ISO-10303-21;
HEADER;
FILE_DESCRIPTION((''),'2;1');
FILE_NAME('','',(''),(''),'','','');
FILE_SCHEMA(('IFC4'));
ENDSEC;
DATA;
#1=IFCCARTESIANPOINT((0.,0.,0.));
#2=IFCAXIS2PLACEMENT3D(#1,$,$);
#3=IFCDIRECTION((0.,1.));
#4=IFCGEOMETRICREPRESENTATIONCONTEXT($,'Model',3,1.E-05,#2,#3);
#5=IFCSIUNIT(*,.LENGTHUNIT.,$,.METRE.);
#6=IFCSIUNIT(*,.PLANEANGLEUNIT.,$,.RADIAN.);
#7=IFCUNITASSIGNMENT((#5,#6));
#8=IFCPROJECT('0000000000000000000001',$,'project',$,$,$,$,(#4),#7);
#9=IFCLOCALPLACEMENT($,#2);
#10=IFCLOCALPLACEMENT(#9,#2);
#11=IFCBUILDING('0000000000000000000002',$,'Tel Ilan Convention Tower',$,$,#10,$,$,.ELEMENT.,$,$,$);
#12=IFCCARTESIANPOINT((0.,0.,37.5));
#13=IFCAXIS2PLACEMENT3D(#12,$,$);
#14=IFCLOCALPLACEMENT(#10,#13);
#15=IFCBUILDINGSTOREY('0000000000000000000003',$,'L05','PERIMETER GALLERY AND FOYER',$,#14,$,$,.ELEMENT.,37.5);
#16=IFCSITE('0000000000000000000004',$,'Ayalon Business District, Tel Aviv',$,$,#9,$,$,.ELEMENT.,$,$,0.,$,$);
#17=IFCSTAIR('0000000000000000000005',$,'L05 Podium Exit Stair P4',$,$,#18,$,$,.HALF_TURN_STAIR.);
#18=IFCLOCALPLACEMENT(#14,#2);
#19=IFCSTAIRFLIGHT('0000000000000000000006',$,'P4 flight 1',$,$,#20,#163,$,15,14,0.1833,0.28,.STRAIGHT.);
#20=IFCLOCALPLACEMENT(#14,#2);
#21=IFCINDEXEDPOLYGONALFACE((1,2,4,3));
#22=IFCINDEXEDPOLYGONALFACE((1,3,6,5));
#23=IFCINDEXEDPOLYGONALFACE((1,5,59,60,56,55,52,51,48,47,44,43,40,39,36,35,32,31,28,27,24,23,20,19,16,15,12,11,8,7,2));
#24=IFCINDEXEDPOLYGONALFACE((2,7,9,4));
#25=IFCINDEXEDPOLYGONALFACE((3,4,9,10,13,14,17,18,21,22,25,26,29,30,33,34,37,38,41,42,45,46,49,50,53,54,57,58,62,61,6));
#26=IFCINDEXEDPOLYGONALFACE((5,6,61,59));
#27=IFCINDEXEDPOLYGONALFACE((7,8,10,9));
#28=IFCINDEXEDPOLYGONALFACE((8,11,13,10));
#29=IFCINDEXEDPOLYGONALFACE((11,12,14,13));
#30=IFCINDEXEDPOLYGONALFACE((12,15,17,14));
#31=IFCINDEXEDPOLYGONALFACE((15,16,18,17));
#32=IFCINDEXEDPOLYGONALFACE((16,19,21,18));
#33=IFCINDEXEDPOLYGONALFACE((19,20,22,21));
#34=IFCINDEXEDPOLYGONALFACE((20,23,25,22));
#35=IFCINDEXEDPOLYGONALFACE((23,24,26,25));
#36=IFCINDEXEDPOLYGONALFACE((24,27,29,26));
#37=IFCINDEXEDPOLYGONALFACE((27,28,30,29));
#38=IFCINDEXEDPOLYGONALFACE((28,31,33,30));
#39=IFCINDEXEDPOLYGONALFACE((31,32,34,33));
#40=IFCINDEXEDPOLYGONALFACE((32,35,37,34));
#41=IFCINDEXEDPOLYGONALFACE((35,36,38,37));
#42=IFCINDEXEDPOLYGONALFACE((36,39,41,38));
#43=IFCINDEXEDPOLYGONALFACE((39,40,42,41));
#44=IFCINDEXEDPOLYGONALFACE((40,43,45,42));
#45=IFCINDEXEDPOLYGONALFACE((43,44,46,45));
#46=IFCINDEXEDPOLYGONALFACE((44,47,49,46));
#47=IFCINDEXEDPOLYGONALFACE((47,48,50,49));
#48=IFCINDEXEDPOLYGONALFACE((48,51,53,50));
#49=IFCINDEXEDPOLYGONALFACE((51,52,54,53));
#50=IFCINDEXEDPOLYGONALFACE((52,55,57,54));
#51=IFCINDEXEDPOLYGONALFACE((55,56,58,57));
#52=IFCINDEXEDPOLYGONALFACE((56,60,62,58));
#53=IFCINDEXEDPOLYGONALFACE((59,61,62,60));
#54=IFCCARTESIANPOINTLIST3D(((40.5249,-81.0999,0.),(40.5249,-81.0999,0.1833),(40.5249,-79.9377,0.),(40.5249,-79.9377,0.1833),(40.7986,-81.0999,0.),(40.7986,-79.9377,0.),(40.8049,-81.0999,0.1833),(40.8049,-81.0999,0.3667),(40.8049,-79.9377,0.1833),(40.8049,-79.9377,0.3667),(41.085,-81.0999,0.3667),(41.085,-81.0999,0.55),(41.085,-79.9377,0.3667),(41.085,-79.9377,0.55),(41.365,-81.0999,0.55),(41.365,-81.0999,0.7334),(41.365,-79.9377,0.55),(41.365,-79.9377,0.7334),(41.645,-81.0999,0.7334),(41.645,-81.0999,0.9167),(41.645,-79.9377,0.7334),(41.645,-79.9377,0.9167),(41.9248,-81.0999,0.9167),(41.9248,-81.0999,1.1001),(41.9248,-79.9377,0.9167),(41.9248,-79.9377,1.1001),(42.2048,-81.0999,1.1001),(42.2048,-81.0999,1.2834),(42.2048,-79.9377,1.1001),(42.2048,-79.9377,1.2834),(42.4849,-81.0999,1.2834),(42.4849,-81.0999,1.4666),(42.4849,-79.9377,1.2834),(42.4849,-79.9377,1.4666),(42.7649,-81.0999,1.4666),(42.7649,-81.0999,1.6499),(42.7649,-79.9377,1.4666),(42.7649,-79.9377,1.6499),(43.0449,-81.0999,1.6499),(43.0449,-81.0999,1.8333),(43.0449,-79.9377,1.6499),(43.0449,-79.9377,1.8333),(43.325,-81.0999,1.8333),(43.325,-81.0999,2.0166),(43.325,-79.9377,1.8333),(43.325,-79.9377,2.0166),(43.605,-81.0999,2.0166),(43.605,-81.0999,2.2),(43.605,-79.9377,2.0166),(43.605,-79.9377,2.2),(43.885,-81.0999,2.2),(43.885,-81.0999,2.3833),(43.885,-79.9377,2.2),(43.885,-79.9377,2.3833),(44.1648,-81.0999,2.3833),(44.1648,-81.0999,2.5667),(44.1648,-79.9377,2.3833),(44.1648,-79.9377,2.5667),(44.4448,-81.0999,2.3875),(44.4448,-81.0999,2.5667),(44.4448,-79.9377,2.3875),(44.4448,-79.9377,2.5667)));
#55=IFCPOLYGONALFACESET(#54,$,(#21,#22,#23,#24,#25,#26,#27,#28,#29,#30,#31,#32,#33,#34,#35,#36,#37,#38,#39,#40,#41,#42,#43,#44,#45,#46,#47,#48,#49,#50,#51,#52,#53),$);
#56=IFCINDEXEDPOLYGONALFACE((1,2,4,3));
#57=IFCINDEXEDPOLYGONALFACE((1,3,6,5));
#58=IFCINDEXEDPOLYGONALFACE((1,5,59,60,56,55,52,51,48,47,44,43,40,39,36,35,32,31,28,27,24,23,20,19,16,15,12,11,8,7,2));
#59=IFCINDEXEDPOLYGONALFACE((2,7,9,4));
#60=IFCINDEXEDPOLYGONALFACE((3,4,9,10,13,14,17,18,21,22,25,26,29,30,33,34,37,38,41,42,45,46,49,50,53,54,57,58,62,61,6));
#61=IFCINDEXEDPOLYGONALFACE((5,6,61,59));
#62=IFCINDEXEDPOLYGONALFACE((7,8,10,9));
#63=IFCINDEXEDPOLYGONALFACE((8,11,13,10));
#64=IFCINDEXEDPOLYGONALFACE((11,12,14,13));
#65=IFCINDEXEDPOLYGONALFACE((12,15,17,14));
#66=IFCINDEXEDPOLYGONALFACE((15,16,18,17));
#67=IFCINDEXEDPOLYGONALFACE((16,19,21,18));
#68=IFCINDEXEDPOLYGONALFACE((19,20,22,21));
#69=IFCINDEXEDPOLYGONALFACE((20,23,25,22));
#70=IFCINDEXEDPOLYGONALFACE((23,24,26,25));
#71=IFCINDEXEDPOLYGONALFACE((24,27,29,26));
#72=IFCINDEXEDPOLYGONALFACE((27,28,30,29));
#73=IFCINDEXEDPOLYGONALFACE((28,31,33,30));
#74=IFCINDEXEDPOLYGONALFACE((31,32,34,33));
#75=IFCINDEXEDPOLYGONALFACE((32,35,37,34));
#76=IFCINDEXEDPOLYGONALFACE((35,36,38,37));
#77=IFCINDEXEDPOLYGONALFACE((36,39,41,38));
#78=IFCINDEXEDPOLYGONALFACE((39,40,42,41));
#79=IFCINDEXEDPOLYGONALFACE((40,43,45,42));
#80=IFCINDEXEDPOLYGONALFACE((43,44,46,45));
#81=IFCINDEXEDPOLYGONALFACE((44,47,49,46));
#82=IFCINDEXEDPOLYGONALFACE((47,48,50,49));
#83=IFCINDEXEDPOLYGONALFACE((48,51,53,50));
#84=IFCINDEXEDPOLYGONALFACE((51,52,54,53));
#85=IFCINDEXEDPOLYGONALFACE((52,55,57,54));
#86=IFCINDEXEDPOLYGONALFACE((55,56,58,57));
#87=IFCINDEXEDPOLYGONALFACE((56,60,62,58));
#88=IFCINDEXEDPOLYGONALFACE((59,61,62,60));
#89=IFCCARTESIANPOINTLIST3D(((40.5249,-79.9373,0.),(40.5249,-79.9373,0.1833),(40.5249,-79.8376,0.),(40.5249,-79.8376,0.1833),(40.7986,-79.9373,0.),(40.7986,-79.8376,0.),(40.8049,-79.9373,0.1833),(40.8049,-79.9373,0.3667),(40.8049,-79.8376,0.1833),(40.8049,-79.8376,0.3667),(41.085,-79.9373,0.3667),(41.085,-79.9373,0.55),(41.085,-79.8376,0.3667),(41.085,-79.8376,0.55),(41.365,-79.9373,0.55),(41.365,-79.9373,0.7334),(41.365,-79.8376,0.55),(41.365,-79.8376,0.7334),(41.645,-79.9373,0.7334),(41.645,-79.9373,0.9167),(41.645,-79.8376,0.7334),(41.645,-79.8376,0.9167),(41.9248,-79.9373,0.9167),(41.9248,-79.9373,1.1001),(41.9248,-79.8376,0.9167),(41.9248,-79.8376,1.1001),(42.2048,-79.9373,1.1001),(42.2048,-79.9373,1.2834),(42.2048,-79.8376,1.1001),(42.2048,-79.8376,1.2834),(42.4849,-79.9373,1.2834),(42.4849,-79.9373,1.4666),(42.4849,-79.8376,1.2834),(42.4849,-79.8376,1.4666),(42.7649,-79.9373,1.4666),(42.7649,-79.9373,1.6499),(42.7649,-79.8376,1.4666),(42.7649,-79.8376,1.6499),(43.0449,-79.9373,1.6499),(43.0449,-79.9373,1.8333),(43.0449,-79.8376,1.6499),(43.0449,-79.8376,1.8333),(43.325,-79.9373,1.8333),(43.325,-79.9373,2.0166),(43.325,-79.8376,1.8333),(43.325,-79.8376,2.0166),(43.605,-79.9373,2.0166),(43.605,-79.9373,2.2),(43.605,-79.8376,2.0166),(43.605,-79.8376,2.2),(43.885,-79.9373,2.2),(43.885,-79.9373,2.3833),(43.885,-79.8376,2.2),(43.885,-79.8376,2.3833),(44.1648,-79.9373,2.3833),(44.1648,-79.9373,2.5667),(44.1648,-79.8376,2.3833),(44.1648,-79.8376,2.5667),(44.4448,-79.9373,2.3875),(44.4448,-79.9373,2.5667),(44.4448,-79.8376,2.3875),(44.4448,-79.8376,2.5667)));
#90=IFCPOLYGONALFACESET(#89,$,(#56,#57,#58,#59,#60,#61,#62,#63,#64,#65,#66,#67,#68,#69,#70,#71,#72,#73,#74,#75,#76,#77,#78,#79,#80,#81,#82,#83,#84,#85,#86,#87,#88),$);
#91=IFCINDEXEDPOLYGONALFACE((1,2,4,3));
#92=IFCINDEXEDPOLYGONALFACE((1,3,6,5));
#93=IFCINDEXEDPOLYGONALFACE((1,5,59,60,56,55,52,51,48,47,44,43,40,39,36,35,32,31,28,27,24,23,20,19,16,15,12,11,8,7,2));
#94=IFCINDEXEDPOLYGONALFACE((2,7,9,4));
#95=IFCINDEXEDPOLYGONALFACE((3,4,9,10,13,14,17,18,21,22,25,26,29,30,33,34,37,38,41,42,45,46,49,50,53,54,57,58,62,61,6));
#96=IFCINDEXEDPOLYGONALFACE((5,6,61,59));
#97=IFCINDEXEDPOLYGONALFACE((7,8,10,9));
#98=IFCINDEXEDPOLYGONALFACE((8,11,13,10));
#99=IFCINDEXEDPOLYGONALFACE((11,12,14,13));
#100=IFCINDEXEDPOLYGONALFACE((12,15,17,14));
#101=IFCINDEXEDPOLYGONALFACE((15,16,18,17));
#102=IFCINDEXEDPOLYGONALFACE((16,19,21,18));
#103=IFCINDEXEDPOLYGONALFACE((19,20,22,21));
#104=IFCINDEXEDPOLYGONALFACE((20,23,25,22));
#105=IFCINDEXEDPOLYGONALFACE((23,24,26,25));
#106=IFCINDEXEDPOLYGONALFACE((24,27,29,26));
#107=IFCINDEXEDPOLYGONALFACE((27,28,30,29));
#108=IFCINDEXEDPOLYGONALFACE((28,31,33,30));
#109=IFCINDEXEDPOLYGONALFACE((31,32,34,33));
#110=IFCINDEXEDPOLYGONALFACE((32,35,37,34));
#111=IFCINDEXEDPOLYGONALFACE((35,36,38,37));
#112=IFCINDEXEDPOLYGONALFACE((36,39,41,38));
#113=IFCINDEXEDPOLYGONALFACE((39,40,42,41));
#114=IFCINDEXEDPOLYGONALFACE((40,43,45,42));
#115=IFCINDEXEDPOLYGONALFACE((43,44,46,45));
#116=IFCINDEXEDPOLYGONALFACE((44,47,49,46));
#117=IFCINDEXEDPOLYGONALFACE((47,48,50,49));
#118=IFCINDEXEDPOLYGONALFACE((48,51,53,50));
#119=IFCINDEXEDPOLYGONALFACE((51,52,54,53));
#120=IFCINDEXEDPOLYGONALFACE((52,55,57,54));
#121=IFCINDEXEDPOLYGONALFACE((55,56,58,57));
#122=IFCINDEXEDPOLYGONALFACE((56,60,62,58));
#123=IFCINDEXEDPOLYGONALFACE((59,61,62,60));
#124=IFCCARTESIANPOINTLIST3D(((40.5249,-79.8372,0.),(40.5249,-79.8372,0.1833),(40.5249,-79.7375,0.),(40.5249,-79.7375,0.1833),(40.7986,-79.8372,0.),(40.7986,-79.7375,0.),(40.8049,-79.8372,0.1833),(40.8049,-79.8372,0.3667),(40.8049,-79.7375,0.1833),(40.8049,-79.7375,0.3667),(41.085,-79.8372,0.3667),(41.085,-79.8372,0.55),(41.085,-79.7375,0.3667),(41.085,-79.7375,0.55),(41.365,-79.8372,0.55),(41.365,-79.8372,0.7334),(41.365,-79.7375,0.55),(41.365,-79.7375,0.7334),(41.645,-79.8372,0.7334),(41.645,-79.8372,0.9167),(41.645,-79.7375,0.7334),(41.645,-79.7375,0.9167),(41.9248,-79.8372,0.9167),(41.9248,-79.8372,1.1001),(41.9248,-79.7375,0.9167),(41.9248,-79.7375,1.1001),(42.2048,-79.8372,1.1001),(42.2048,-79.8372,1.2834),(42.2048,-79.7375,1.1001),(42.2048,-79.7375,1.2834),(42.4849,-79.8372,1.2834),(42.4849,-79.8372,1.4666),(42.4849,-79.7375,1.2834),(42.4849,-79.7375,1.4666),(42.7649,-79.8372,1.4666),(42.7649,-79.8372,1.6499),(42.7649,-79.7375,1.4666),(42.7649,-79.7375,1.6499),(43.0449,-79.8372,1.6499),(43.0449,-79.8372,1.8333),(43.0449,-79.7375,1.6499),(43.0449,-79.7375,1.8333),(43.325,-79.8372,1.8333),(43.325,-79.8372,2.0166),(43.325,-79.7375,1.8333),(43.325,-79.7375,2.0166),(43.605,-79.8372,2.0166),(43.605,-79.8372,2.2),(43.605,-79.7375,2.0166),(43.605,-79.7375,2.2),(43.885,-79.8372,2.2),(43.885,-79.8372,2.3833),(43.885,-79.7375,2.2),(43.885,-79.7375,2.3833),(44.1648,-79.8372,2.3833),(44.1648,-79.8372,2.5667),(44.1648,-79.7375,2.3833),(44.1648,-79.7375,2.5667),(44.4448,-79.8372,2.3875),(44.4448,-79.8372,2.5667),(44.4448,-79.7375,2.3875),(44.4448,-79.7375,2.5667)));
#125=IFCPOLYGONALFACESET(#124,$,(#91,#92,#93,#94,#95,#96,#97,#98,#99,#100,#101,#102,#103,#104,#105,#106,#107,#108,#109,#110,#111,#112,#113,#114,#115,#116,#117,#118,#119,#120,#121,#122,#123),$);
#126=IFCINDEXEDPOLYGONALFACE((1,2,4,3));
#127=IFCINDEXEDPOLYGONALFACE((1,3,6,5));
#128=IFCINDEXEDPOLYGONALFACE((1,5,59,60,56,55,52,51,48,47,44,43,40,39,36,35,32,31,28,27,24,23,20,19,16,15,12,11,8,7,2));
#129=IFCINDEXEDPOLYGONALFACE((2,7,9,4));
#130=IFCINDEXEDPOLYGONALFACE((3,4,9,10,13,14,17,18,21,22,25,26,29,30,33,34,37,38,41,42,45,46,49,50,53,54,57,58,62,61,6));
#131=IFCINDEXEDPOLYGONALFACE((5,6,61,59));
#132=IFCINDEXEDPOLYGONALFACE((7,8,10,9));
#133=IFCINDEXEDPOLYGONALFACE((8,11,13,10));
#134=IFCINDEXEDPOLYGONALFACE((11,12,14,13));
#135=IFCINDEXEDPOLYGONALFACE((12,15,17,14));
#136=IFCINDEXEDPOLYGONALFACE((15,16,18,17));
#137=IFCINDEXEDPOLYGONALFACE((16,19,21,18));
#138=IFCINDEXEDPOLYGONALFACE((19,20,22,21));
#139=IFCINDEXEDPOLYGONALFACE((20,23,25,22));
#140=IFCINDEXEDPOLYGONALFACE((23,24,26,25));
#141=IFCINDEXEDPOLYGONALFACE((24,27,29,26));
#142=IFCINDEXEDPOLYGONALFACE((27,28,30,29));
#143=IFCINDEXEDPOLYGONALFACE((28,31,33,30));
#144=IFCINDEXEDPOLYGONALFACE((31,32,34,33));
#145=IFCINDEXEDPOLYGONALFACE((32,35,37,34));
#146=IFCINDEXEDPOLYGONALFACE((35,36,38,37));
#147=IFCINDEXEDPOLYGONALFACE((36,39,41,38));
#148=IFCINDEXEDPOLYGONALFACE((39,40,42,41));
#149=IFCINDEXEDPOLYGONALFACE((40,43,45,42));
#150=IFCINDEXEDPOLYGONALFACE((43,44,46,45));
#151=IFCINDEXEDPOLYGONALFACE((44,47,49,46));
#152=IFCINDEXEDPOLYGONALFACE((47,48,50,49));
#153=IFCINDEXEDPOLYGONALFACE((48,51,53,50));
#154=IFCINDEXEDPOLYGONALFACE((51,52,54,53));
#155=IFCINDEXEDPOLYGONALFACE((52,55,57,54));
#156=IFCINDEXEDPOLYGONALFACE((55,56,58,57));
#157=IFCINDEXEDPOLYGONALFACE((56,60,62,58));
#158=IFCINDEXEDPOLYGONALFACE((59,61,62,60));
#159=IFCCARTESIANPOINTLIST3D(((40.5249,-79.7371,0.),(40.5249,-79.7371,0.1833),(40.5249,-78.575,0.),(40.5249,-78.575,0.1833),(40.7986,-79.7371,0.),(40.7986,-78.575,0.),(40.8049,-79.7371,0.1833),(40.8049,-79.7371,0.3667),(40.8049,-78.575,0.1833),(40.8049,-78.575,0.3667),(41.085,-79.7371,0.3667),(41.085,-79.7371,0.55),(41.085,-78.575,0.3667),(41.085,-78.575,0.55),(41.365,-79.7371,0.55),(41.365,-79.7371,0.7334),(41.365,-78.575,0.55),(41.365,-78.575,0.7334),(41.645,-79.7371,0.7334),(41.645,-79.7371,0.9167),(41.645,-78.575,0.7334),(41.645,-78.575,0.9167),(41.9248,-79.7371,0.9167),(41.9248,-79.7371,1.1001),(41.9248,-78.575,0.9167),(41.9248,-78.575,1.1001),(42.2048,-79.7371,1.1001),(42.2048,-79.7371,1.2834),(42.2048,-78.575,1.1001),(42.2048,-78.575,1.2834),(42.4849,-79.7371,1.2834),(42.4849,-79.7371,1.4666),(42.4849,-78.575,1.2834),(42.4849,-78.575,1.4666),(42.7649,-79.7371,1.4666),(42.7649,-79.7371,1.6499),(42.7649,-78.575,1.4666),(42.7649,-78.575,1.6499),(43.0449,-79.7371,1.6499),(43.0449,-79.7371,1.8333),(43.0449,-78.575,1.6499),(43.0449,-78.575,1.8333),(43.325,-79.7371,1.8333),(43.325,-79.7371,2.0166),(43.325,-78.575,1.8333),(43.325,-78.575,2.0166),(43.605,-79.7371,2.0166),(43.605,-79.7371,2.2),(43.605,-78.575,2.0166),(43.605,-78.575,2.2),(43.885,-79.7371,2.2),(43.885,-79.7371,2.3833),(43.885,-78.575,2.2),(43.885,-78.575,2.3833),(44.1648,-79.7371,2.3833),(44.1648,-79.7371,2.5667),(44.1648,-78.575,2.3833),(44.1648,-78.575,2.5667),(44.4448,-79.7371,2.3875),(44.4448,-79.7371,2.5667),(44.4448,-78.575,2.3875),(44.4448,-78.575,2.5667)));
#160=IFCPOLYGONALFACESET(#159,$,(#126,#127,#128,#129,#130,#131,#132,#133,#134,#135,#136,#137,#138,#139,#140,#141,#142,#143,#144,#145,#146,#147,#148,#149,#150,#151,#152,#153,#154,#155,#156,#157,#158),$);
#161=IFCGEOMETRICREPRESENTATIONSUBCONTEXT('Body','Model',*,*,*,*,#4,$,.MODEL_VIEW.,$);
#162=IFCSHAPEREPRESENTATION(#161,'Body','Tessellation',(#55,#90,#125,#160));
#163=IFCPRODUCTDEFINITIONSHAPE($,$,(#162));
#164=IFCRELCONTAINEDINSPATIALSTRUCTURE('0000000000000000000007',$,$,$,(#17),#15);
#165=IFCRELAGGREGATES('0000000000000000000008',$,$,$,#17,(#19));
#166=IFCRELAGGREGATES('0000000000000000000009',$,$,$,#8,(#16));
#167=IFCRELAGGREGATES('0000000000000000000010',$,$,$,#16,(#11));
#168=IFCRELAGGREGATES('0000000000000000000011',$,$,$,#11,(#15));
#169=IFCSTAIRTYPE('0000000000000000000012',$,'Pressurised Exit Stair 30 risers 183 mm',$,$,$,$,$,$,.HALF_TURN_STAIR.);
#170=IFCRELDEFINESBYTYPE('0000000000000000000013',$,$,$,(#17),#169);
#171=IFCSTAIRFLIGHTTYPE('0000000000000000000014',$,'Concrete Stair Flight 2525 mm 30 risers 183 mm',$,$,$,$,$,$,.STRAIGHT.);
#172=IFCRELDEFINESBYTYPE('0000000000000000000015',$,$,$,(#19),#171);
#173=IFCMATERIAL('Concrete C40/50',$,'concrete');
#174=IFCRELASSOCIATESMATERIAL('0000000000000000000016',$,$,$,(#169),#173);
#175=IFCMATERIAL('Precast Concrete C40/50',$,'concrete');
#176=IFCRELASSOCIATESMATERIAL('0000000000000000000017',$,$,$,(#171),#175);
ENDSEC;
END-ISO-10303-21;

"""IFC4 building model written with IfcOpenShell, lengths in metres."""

from ifc_helpers import new_model, si_unit, direction, frame, origin, place, context, subcontext, project, spatial, polyline, outline, extrude, material, type_object, element, aggregate, save


model = new_model("IFC4")

# Units and contexts
model_context = context("Model", 3, precision=1e-05, world=origin(), true_north=direction((0.0, 1.0)))
body_context = subcontext(model_context, "Body", "Model", "MODEL_VIEW")
ifc_project = project(units=[si_unit("LENGTHUNIT", "METRE"), si_unit("PLANEANGLEUNIT", "RADIAN")], contexts=[model_context])

# Site, building, storey
site_placement = place(None, origin())
site = spatial("IfcSite", under=ifc_project, at=site_placement, Name="Ayalon Business District, Tel Aviv", CompositionType="ELEMENT", RefElevation=0.0)
building_placement = place(site_placement, origin())
building = spatial("IfcBuilding", under=site, at=building_placement, Name="Tel Ilan Convention Tower", CompositionType="ELEMENT")
storey_placement = place(building_placement, frame((0.0, 0.0, 37.5)))
storey = spatial("IfcBuildingStorey", under=building, at=storey_placement, Name="L05", Description="PERIMETER GALLERY AND FOYER", CompositionType="ELEMENT", Elevation=37.5)

# Stair, stair flight
ifc_material_1 = material(Name="Concrete C40/50", Category="concrete")
stair_type = type_object("IfcStairType", Name="Pressurised Exit Stair 30 risers 183 mm", PredefinedType="HALF_TURN_STAIR", material=ifc_material_1)
stair_placement = place(storey_placement, origin())
stair = element("IfcStair", 1, at=stair_placement, inside=storey, type_object=stair_type, Name="L05 Podium Exit Stair P4", PredefinedType="HALF_TURN_STAIR")
ifc_material_2 = material(Name="Precast Concrete C40/50", Category="concrete")
stair_flight_type = type_object("IfcStairFlightType", Name="Concrete Stair Flight 2525 mm 30 risers 183 mm", PredefinedType="STRAIGHT", material=ifc_material_2)
stair_flight_1_placement = place(storey_placement, frame((40.5249, -79.8374, 0.0), z_axis=(0.0, 0.0, 1.0), x_axis=(1.0, 0.0, 0.0)))
stair_flight_1 = element("IfcStairFlight", 2, at=stair_flight_1_placement, type_object=stair_flight_type, Name="P4 flight 1", NumberOfRisers=15, NumberOfTreads=14, PredefinedType="STRAIGHT", RiserHeight=0.1833, TreadLength=0.28, context=body_context, shape_type="SweptSolid", body=[
    extrude(outline(polyline([(0.0, 0.0), (0.0, 0.1833), (0.28, 0.1833), (0.28, 0.3667), (0.5601, 0.3667), (0.5601, 0.55), (0.8401, 0.55), (0.8401, 0.7334), (1.1201, 0.7334), (1.1201, 0.9167), (1.3999, 0.9167), (1.3999, 1.1001), (1.6799, 1.1001), (1.6799, 1.2834), (1.96, 1.2834), (1.96, 1.4666), (2.24, 1.4666), (2.24, 1.6499), (2.52, 1.6499), (2.52, 1.8333), (2.8, 1.8333), (2.8, 2.0166), (3.0801, 2.0166), (3.0801, 2.2), (3.3601, 2.2), (3.3601, 2.3833), (3.6399, 2.3833), (3.6399, 2.5667), (3.9199, 2.5667), (3.9199, 2.75), (3.9199, 2.3875), (0.2737, 0.0), (0.0, 0.0)])), frame((0.0, -0.1003, 0.0), z_axis=(0.0, -1.0, 0.0), x_axis=(1.0, 0.0, 0.0)), (0.0, 0.0, 1.0), 1.1621),
    extrude(outline(polyline([(0.0, 0.0), (0.0, 0.1833), (0.28, 0.1833), (0.28, 0.3667), (0.5601, 0.3667), (0.5601, 0.55), (0.8401, 0.55), (0.8401, 0.7334), (1.1201, 0.7334), (1.1201, 0.9167), (1.3999, 0.9167), (1.3999, 1.1001), (1.6799, 1.1001), (1.6799, 1.2834), (1.96, 1.2834), (1.96, 1.4666), (2.24, 1.4666), (2.24, 1.6499), (2.52, 1.6499), (2.52, 1.8333), (2.8, 1.8333), (2.8, 2.0166), (3.0801, 2.0166), (3.0801, 2.2), (3.3601, 2.2), (3.3601, 2.3833), (3.6399, 2.3833), (3.6399, 2.5667), (3.9199, 2.5667), (3.9199, 2.75), (3.9199, 2.3875), (0.2737, 0.0), (0.0, 0.0)])), frame((0.0, -0.0002, 0.0), z_axis=(0.0, -1.0, 0.0), x_axis=(1.0, 0.0, 0.0)), (0.0, 0.0, 1.0), 0.0996),
    extrude(outline(polyline([(0.0, 0.0), (0.0, 0.1833), (0.28, 0.1833), (0.28, 0.3667), (0.5601, 0.3667), (0.5601, 0.55), (0.8401, 0.55), (0.8401, 0.7334), (1.1201, 0.7334), (1.1201, 0.9167), (1.3999, 0.9167), (1.3999, 1.1001), (1.6799, 1.1001), (1.6799, 1.2834), (1.96, 1.2834), (1.96, 1.4666), (2.24, 1.4666), (2.24, 1.6499), (2.52, 1.6499), (2.52, 1.8333), (2.8, 1.8333), (2.8, 2.0166), (3.0801, 2.0166), (3.0801, 2.2), (3.3601, 2.2), (3.3601, 2.3833), (3.6399, 2.3833), (3.6399, 2.5667), (3.9199, 2.5667), (3.9199, 2.75), (3.9199, 2.3875), (0.2737, 0.0), (0.0, 0.0)])), frame((0.0, 0.0999, 0.0), z_axis=(0.0, -1.0, 0.0), x_axis=(1.0, 0.0, 0.0)), (0.0, 0.0, 1.0), 0.0996),
    extrude(outline(polyline([(0.0, 0.0), (0.0, 0.1833), (0.28, 0.1833), (0.28, 0.3667), (0.5601, 0.3667), (0.5601, 0.55), (0.8401, 0.55), (0.8401, 0.7334), (1.1201, 0.7334), (1.1201, 0.9167), (1.3999, 0.9167), (1.3999, 1.1001), (1.6799, 1.1001), (1.6799, 1.2834), (1.96, 1.2834), (1.96, 1.4666), (2.24, 1.4666), (2.24, 1.6499), (2.52, 1.6499), (2.52, 1.8333), (2.8, 1.8333), (2.8, 2.0166), (3.0801, 2.0166), (3.0801, 2.2), (3.3601, 2.2), (3.3601, 2.3833), (3.6399, 2.3833), (3.6399, 2.5667), (3.9199, 2.5667), (3.9199, 2.75), (3.9199, 2.3875), (0.2737, 0.0), (0.0, 0.0)])), frame((0.0, 1.2625, 0.0), z_axis=(0.0, -1.0, 0.0), x_axis=(1.0, 0.0, 0.0)), (0.0, 0.0, 1.0), 1.1621),
])
aggregate(stair, [stair_flight_1])

save(model, "model.ifc")
